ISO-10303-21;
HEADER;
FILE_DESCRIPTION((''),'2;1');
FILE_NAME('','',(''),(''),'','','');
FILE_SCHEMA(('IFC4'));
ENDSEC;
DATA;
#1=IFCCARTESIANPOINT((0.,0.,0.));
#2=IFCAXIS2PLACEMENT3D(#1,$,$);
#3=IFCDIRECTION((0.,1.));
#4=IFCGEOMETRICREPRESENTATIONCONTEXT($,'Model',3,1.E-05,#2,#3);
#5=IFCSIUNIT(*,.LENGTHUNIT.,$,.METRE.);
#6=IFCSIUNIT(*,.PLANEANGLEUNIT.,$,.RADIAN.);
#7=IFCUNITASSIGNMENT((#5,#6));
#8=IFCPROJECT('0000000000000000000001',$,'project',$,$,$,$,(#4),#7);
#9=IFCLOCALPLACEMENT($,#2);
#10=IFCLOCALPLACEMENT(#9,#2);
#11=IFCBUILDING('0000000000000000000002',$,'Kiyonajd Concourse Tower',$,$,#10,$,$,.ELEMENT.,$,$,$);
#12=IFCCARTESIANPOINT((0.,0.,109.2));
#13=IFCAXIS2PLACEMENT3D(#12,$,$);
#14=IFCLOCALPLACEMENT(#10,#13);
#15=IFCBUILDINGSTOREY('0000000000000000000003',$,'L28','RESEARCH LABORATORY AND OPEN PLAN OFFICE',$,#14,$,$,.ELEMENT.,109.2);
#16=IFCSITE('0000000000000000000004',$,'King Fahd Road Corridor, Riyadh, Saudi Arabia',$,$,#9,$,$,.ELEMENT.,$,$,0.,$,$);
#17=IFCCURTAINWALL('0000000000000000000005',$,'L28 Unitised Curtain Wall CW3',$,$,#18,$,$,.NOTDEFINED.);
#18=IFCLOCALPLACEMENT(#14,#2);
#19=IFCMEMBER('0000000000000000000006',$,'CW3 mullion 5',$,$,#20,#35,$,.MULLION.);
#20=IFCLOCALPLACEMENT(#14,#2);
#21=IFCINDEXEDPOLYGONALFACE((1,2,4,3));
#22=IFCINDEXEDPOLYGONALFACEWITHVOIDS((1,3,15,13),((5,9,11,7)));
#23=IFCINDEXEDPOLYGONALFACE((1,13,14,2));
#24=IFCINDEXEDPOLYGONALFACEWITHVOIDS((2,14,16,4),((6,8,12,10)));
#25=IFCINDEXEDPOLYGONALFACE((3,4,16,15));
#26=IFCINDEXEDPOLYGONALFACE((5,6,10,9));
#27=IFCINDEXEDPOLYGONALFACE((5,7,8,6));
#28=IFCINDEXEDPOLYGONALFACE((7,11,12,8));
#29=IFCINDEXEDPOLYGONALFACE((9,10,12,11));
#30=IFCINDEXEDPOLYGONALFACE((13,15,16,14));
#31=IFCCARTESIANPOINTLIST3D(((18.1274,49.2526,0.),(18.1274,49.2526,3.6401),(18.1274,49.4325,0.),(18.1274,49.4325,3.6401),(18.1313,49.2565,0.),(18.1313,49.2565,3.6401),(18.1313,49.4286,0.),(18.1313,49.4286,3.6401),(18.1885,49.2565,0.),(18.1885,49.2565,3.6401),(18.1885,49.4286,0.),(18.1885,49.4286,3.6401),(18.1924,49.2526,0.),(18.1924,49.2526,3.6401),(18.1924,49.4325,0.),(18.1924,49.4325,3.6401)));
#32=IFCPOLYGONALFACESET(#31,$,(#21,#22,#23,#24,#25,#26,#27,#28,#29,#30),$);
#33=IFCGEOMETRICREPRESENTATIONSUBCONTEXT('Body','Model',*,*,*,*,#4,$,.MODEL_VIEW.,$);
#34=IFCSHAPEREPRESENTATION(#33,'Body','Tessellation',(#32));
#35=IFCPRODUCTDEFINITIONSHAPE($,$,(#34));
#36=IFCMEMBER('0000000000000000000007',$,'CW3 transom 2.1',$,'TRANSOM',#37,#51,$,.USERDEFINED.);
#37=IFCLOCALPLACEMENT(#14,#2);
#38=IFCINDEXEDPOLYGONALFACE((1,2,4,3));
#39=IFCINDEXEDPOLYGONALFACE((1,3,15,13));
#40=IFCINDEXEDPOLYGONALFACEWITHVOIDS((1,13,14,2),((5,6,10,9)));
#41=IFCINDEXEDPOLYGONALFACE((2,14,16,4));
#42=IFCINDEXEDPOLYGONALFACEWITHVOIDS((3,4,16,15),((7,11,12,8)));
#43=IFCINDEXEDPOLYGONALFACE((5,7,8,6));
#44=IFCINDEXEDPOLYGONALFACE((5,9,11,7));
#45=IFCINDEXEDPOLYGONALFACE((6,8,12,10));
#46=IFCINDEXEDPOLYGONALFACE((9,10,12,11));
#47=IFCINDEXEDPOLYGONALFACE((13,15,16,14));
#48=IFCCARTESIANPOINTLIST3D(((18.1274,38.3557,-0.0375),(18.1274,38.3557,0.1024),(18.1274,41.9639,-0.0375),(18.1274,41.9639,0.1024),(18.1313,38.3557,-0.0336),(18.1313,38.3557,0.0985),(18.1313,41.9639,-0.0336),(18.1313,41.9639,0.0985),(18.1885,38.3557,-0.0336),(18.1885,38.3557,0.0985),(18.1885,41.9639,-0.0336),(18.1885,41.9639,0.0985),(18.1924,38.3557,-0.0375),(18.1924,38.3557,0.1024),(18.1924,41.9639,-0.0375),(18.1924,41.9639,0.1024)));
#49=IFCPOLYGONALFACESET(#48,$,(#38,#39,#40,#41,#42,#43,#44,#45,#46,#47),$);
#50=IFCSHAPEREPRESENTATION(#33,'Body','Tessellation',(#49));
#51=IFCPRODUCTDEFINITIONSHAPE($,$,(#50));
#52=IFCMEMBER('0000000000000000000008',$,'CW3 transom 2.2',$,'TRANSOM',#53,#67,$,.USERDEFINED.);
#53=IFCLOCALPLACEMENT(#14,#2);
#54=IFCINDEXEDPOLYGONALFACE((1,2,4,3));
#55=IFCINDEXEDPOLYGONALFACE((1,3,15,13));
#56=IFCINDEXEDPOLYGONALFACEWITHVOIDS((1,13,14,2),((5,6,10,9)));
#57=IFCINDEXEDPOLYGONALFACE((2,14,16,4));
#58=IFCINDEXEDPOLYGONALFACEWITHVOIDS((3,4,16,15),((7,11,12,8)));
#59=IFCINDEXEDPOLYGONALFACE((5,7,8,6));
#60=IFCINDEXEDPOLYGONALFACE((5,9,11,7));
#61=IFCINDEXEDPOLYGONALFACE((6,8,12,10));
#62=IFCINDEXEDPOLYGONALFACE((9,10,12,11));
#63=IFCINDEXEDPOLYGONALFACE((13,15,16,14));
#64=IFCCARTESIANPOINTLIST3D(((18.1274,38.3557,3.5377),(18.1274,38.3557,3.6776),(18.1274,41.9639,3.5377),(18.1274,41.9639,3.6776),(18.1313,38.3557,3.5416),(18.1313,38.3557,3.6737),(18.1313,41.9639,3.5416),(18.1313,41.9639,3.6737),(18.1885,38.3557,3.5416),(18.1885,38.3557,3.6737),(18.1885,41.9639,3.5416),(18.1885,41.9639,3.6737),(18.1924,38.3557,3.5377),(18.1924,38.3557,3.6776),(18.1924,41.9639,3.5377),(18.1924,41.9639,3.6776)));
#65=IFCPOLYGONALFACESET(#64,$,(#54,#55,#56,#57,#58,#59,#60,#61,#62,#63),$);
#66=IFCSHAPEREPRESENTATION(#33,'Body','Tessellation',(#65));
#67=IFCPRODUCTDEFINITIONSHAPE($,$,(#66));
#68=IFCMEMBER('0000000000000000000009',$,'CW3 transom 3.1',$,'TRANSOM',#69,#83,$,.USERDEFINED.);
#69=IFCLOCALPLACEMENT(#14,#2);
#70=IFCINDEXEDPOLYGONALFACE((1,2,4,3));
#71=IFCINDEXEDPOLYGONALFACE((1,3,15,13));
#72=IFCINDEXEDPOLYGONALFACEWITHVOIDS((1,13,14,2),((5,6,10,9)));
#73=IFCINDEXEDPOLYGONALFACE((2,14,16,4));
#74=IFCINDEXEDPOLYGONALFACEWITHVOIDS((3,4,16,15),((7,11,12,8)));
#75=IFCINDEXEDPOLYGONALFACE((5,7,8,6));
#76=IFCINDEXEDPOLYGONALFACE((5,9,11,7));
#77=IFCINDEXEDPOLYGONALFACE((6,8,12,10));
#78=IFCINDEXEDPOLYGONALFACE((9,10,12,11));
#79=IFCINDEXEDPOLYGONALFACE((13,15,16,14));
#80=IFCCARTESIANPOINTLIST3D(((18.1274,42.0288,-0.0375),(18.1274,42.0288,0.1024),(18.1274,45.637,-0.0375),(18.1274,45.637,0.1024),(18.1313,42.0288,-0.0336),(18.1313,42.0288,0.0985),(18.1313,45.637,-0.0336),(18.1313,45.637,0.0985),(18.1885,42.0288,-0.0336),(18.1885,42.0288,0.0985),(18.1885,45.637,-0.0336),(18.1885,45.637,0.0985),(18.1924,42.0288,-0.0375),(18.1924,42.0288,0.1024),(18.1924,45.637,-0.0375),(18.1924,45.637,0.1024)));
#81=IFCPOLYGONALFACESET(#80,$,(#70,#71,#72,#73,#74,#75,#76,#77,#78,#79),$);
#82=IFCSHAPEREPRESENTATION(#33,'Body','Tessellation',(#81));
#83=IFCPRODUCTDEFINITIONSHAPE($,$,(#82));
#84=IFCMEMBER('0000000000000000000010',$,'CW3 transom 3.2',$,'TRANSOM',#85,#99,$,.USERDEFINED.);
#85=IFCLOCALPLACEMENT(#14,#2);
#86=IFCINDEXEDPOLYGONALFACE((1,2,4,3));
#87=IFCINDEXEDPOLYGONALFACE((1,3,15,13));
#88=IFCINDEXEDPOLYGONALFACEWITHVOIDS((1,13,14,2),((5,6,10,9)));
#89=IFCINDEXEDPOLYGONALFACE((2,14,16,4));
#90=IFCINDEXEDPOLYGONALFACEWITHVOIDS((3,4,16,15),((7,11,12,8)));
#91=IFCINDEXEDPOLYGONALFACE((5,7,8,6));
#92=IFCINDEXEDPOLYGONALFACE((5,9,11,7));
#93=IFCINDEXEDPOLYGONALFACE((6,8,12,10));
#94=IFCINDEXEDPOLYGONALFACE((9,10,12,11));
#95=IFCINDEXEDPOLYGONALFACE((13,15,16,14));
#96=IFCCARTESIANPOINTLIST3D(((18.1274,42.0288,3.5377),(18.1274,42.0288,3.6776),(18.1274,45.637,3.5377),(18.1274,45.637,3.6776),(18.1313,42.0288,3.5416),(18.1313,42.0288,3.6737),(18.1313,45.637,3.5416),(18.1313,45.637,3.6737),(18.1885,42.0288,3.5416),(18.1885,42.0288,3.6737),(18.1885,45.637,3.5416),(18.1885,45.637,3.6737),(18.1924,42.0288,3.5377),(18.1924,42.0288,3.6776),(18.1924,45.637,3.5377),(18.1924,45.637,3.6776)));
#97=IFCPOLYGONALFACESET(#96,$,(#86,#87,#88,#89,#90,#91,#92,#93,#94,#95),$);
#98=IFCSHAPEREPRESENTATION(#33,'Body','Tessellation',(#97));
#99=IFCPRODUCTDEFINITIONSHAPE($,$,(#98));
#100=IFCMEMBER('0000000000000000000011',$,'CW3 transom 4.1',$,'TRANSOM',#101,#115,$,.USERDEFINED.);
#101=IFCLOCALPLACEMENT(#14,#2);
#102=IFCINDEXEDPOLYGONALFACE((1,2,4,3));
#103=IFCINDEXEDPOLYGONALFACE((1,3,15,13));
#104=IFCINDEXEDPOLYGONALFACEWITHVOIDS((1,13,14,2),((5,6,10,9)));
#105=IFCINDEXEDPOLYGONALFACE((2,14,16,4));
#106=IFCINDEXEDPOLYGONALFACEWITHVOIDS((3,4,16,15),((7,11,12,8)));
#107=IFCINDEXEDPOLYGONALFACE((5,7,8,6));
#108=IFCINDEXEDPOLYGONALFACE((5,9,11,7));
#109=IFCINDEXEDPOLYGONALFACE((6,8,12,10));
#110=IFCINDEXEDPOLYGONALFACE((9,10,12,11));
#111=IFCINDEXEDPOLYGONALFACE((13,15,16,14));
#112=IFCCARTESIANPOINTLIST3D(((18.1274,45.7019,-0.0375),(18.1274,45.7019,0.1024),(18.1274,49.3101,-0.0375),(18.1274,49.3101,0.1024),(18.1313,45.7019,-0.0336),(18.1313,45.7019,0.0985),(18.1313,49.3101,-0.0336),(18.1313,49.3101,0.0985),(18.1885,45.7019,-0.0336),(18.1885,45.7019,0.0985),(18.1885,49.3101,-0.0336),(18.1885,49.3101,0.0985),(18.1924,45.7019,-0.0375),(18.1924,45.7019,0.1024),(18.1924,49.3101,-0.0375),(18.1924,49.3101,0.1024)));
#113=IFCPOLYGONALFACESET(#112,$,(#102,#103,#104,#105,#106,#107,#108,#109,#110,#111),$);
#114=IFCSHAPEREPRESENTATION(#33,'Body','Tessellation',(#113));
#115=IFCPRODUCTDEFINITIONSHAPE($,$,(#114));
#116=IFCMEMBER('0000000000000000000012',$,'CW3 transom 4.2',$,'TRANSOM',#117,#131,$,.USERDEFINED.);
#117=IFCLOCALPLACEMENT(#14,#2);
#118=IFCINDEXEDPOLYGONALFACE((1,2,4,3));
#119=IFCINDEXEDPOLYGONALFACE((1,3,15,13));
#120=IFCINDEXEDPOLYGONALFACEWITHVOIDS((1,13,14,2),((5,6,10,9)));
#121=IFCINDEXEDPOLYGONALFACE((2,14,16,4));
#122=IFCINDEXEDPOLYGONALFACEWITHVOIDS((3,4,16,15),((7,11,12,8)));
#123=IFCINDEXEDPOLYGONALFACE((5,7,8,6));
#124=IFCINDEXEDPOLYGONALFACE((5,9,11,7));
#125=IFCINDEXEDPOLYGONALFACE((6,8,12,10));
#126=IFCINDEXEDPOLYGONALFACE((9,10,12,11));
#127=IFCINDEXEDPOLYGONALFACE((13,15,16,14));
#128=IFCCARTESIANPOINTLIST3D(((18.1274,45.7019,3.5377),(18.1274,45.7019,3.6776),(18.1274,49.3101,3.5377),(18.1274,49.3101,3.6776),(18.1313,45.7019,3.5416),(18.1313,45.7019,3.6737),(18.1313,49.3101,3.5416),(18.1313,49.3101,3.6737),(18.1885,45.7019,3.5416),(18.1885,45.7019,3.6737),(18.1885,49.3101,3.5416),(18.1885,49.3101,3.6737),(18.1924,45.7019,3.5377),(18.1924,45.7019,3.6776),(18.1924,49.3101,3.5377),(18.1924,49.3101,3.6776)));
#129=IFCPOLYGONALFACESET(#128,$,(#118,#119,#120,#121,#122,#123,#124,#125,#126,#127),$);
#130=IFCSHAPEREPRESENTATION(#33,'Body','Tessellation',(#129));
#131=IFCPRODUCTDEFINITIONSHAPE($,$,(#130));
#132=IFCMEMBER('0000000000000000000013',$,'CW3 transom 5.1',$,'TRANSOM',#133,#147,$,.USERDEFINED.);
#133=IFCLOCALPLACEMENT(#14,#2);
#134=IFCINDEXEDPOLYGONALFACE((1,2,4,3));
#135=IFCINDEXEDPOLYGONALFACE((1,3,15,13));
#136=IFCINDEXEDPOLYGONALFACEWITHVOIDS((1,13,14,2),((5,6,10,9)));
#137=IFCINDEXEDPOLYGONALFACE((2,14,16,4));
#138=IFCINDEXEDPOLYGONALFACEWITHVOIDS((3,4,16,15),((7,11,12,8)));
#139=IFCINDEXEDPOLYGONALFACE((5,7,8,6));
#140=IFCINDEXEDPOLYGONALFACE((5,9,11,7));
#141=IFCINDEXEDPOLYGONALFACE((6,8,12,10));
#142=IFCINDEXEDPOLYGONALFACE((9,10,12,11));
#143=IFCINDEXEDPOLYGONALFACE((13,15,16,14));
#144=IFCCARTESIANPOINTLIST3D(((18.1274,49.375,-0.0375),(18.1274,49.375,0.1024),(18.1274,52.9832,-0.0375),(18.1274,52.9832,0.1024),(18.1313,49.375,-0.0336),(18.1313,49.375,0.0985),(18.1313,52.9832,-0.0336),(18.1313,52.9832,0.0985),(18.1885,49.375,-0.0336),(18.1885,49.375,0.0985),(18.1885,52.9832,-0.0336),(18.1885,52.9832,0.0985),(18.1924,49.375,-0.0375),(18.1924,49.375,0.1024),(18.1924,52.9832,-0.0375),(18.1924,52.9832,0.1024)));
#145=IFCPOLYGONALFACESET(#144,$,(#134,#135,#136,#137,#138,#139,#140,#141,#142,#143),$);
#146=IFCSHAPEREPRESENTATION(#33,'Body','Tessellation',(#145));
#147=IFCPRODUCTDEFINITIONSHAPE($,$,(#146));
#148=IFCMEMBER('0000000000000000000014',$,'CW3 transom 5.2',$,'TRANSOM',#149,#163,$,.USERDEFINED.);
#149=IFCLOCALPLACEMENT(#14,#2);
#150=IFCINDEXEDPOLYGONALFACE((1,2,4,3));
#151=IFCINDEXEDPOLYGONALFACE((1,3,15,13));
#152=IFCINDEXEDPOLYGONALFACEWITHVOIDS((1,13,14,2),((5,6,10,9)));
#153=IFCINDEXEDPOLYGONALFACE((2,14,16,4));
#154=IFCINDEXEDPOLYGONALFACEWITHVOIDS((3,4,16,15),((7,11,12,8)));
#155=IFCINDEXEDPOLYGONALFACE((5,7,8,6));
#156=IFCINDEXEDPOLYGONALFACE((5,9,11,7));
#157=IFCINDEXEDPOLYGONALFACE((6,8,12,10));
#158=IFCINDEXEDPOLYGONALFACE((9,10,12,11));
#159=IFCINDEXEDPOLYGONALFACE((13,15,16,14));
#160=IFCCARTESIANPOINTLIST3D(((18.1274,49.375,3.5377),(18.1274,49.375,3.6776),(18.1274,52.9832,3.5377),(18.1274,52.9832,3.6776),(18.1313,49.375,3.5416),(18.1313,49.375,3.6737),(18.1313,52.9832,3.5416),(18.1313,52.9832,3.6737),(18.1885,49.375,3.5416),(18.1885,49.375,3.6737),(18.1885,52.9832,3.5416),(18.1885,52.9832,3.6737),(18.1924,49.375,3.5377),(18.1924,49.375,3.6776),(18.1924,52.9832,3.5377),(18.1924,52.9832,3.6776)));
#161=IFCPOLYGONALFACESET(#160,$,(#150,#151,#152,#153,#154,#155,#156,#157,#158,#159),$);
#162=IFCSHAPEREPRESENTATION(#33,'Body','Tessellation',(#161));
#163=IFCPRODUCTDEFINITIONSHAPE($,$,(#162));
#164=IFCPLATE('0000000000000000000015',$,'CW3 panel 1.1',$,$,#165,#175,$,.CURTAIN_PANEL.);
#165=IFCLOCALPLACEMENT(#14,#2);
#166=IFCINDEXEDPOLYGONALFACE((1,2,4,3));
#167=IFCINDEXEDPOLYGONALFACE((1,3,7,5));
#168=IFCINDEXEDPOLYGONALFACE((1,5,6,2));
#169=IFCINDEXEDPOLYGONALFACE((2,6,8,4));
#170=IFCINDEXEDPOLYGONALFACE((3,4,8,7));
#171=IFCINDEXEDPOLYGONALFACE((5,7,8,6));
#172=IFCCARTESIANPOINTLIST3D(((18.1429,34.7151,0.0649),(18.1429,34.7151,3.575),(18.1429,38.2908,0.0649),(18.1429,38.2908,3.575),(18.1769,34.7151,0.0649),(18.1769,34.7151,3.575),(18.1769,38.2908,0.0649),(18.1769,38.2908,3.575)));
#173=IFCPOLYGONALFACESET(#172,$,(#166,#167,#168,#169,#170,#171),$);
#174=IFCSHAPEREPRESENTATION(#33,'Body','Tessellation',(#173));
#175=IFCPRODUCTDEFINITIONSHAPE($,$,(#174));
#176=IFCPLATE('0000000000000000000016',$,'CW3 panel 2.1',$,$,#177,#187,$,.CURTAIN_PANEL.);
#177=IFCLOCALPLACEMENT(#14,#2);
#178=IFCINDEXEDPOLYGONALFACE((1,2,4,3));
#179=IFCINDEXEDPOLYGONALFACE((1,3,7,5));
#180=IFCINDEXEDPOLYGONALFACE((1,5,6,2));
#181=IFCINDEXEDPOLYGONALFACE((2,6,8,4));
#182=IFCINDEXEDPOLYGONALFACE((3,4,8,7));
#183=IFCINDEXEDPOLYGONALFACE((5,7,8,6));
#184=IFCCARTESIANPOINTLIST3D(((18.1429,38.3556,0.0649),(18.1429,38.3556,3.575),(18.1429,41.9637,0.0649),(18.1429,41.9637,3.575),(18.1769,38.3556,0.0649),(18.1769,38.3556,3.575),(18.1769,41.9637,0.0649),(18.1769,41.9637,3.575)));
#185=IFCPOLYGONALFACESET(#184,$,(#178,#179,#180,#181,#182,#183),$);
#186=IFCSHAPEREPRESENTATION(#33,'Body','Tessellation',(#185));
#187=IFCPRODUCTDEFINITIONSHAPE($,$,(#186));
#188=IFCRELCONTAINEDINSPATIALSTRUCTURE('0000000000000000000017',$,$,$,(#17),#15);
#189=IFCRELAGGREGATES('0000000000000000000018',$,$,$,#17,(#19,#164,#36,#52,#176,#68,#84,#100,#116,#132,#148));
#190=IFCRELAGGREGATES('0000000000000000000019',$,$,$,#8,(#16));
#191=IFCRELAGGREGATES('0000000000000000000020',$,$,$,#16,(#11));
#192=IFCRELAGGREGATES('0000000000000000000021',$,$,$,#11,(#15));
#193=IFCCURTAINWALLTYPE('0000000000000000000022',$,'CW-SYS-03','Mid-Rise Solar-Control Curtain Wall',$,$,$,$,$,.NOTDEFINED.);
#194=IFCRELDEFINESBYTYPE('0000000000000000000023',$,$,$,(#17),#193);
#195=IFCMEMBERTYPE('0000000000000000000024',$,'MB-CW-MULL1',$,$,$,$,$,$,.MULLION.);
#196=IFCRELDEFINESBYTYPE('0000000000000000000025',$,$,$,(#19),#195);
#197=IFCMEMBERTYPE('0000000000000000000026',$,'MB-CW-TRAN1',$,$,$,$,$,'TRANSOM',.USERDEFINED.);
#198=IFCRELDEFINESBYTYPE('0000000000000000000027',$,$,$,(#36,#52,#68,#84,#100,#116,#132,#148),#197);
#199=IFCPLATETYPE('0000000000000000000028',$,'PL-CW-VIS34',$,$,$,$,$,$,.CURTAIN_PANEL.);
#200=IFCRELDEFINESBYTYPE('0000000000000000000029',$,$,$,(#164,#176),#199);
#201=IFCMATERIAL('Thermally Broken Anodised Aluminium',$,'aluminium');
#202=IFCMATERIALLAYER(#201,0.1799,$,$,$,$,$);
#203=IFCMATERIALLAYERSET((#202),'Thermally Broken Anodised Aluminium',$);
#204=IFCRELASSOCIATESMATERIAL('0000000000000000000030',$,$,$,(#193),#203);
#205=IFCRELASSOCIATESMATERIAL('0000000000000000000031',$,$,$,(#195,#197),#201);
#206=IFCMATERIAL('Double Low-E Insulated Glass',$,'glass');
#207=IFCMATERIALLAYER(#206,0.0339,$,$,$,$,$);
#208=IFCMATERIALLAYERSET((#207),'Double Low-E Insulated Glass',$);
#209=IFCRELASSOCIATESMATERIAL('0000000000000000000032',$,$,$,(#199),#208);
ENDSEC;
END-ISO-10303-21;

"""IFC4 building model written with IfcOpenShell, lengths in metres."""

from ifc_helpers import new_model, si_unit, direction, frame, origin, origin_2d, place, context, subcontext, project, spatial, rectangle, hollow_rectangle, extrude, material, layer, layer_set, material_profile, profile_set, type_object, element, aggregate, save


model = new_model("IFC4")

# Units and contexts
model_context = context("Model", 3, precision=1e-05, world=origin(), true_north=direction((0.0, 1.0)))
body_context = subcontext(model_context, "Body", "Model", "MODEL_VIEW")
ifc_project = project(units=[si_unit("LENGTHUNIT", "METRE"), si_unit("PLANEANGLEUNIT", "RADIAN")], contexts=[model_context])

# Site, building, storey
site_placement = place(None, origin())
site = spatial("IfcSite", under=ifc_project, at=site_placement, Name="King Fahd Road Corridor, Riyadh, Saudi Arabia", CompositionType="ELEMENT", RefElevation=0.0)
building_placement = place(site_placement, origin())
building = spatial("IfcBuilding", under=site, at=building_placement, Name="Kiyonajd Concourse Tower", CompositionType="ELEMENT")
storey_placement = place(building_placement, frame((0.0, 0.0, 109.2)))
storey = spatial("IfcBuildingStorey", under=building, at=storey_placement, Name="L28", Description="RESEARCH LABORATORY AND OPEN PLAN OFFICE", CompositionType="ELEMENT", Elevation=109.2)

# Curtain wall, members, plates
ifc_material_1 = material(Name="Thermally Broken Anodised Aluminium", Category="aluminium")
ifc_layer_1 = layer(ifc_material_1, 0.1799)
ifc_layer_set_1 = layer_set([ifc_layer_1], Name="Thermally Broken Anodised Aluminium")
curtain_wall_type = type_object("IfcCurtainWallType", Name="CW-SYS-03", Description="Mid-Rise Solar-Control Curtain Wall", PredefinedType="NOTDEFINED", material=ifc_layer_set_1)
curtain_wall_placement = place(storey_placement, origin())
curtain_wall = element("IfcCurtainWall", 1, at=curtain_wall_placement, inside=storey, type_object=curtain_wall_type, Name="L28 Unitised Curtain Wall CW3", PredefinedType="NOTDEFINED")
ifc_material_profile_1 = material_profile(ifc_material_1, hollow_rectangle(XDim=0.0649, YDim=0.1799, WallThickness=0.0039, at=origin_2d()), Name="MULL-65x180")
ifc_profile_set_1 = profile_set([ifc_material_profile_1], Name="Thermally Broken Anodised Aluminium")
member_type_1 = type_object("IfcMemberType", Name="MB-CW-MULL1", PredefinedType="MULLION", material=ifc_profile_set_1)
member_1_placement = place(storey_placement, frame((18.1599, 49.3425, 0.0), z_axis=(0.0, 0.0, 1.0), x_axis=(-1.0, 0.0, 0.0)))
member_1 = element("IfcMember", 2, at=member_1_placement, type_object=member_type_1, Name="CW3 mullion 5", PredefinedType="MULLION", context=body_context, shape_type="SweptSolid", body=[
    extrude(hollow_rectangle(XDim=0.0649, YDim=0.1799, WallThickness=0.0039, at=origin_2d()), origin(), (0.0, 0.0, 1.0), 3.6401),
])
ifc_material_profile_2 = material_profile(ifc_material_1, hollow_rectangle(XDim=0.0649, YDim=0.1399, WallThickness=0.0039, at=origin_2d()), Name="TRAN-65x140")
ifc_profile_set_2 = profile_set([ifc_material_profile_2], Name="Thermally Broken Anodised Aluminium")
member_type_2 = type_object("IfcMemberType", Name="MB-CW-TRAN1", ElementType="TRANSOM", PredefinedType="USERDEFINED", material=ifc_profile_set_2)
member_2_placement = place(storey_placement, frame((18.1599, 38.3557, 0.0325), z_axis=(0.0, 1.0, 0.0), x_axis=(-1.0, 0.0, 0.0)))
member_2 = element("IfcMember", 3, at=member_2_placement, type_object=member_type_2, Name="CW3 transom 2.1", ObjectType="TRANSOM", PredefinedType="USERDEFINED", context=body_context, shape_type="SweptSolid", body=[
    extrude(hollow_rectangle(XDim=0.0649, YDim=0.1399, WallThickness=0.0039, at=origin_2d()), origin(), (0.0, 0.0, 1.0), 3.6082),
])
member_3_placement = place(storey_placement, frame((18.1599, 38.3557, 3.6077), z_axis=(0.0, 1.0, 0.0), x_axis=(-1.0, 0.0, 0.0)))
member_3 = element("IfcMember", 4, at=member_3_placement, type_object=member_type_2, Name="CW3 transom 2.2", ObjectType="TRANSOM", PredefinedType="USERDEFINED", context=body_context, shape_type="SweptSolid", body=[
    extrude(hollow_rectangle(XDim=0.0649, YDim=0.1399, WallThickness=0.0039, at=origin_2d()), origin(), (0.0, 0.0, 1.0), 3.6082),
])
member_4_placement = place(storey_placement, frame((18.1599, 42.0288, 0.0325), z_axis=(0.0, 1.0, 0.0), x_axis=(-1.0, 0.0, 0.0)))
member_4 = element("IfcMember", 5, at=member_4_placement, type_object=member_type_2, Name="CW3 transom 3.1", ObjectType="TRANSOM", PredefinedType="USERDEFINED", context=body_context, shape_type="SweptSolid", body=[
    extrude(hollow_rectangle(XDim=0.0649, YDim=0.1399, WallThickness=0.0039, at=origin_2d()), origin(), (0.0, 0.0, 1.0), 3.6082),
])
member_5_placement = place(storey_placement, frame((18.1599, 42.0288, 3.6077), z_axis=(0.0, 1.0, 0.0), x_axis=(-1.0, 0.0, 0.0)))
member_5 = element("IfcMember", 6, at=member_5_placement, type_object=member_type_2, Name="CW3 transom 3.2", ObjectType="TRANSOM", PredefinedType="USERDEFINED", context=body_context, shape_type="SweptSolid", body=[
    extrude(hollow_rectangle(XDim=0.0649, YDim=0.1399, WallThickness=0.0039, at=origin_2d()), origin(), (0.0, 0.0, 1.0), 3.6082),
])
member_6_placement = place(storey_placement, frame((18.1599, 45.7019, 0.0325), z_axis=(0.0, 1.0, 0.0), x_axis=(-1.0, 0.0, 0.0)))
member_6 = element("IfcMember", 7, at=member_6_placement, type_object=member_type_2, Name="CW3 transom 4.1", ObjectType="TRANSOM", PredefinedType="USERDEFINED", context=body_context, shape_type="SweptSolid", body=[
    extrude(hollow_rectangle(XDim=0.0649, YDim=0.1399, WallThickness=0.0039, at=origin_2d()), origin(), (0.0, 0.0, 1.0), 3.6082),
])
member_7_placement = place(storey_placement, frame((18.1599, 45.7019, 3.6077), z_axis=(0.0, 1.0, 0.0), x_axis=(-1.0, 0.0, 0.0)))
member_7 = element("IfcMember", 8, at=member_7_placement, type_object=member_type_2, Name="CW3 transom 4.2", ObjectType="TRANSOM", PredefinedType="USERDEFINED", context=body_context, shape_type="SweptSolid", body=[
    extrude(hollow_rectangle(XDim=0.0649, YDim=0.1399, WallThickness=0.0039, at=origin_2d()), origin(), (0.0, 0.0, 1.0), 3.6082),
])
member_8_placement = place(storey_placement, frame((18.1599, 49.375, 0.0325), z_axis=(0.0, 1.0, 0.0), x_axis=(-1.0, 0.0, 0.0)))
member_8 = element("IfcMember", 9, at=member_8_placement, type_object=member_type_2, Name="CW3 transom 5.1", ObjectType="TRANSOM", PredefinedType="USERDEFINED", context=body_context, shape_type="SweptSolid", body=[
    extrude(hollow_rectangle(XDim=0.0649, YDim=0.1399, WallThickness=0.0039, at=origin_2d()), origin(), (0.0, 0.0, 1.0), 3.6082),
])
member_9_placement = place(storey_placement, frame((18.1599, 49.375, 3.6077), z_axis=(0.0, 1.0, 0.0), x_axis=(-1.0, 0.0, 0.0)))
member_9 = element("IfcMember", 10, at=member_9_placement, type_object=member_type_2, Name="CW3 transom 5.2", ObjectType="TRANSOM", PredefinedType="USERDEFINED", context=body_context, shape_type="SweptSolid", body=[
    extrude(hollow_rectangle(XDim=0.0649, YDim=0.1399, WallThickness=0.0039, at=origin_2d()), origin(), (0.0, 0.0, 1.0), 3.6082),
])
ifc_material_2 = material(Name="Double Low-E Insulated Glass", Category="glass")
ifc_layer_2 = layer(ifc_material_2, 0.0339)
ifc_layer_set_2 = layer_set([ifc_layer_2], Name="Double Low-E Insulated Glass")
plate_type = type_object("IfcPlateType", Name="PL-CW-VIS34", PredefinedType="CURTAIN_PANEL", material=ifc_layer_set_2)
plate_1_placement = place(storey_placement, frame((18.1599, 36.5029, 0.0649), z_axis=(0.0, 0.0, 1.0), x_axis=(0.0, 1.0, 0.0)))
plate_1 = element("IfcPlate", 11, at=plate_1_placement, type_object=plate_type, Name="CW3 panel 1.1", PredefinedType="CURTAIN_PANEL", context=body_context, shape_type="SweptSolid", body=[
    extrude(rectangle(XDim=3.5757, YDim=0.0339, at=origin_2d()), origin(), (0.0, 0.0, 1.0), 3.51),
])
plate_2_placement = place(storey_placement, frame((18.1599, 40.1597, 0.0649), z_axis=(0.0, 0.0, 1.0), x_axis=(0.0, 1.0, 0.0)))
plate_2 = element("IfcPlate", 12, at=plate_2_placement, type_object=plate_type, Name="CW3 panel 2.1", PredefinedType="CURTAIN_PANEL", context=body_context, shape_type="SweptSolid", body=[
    extrude(rectangle(XDim=3.6082, YDim=0.0339, at=origin_2d()), origin(), (0.0, 0.0, 1.0), 3.51),
])
aggregate(curtain_wall, [member_1, plate_1, member_2, member_3, plate_2, member_4, member_5, member_6, member_7, member_8, member_9])

save(model, "model.ifc")
